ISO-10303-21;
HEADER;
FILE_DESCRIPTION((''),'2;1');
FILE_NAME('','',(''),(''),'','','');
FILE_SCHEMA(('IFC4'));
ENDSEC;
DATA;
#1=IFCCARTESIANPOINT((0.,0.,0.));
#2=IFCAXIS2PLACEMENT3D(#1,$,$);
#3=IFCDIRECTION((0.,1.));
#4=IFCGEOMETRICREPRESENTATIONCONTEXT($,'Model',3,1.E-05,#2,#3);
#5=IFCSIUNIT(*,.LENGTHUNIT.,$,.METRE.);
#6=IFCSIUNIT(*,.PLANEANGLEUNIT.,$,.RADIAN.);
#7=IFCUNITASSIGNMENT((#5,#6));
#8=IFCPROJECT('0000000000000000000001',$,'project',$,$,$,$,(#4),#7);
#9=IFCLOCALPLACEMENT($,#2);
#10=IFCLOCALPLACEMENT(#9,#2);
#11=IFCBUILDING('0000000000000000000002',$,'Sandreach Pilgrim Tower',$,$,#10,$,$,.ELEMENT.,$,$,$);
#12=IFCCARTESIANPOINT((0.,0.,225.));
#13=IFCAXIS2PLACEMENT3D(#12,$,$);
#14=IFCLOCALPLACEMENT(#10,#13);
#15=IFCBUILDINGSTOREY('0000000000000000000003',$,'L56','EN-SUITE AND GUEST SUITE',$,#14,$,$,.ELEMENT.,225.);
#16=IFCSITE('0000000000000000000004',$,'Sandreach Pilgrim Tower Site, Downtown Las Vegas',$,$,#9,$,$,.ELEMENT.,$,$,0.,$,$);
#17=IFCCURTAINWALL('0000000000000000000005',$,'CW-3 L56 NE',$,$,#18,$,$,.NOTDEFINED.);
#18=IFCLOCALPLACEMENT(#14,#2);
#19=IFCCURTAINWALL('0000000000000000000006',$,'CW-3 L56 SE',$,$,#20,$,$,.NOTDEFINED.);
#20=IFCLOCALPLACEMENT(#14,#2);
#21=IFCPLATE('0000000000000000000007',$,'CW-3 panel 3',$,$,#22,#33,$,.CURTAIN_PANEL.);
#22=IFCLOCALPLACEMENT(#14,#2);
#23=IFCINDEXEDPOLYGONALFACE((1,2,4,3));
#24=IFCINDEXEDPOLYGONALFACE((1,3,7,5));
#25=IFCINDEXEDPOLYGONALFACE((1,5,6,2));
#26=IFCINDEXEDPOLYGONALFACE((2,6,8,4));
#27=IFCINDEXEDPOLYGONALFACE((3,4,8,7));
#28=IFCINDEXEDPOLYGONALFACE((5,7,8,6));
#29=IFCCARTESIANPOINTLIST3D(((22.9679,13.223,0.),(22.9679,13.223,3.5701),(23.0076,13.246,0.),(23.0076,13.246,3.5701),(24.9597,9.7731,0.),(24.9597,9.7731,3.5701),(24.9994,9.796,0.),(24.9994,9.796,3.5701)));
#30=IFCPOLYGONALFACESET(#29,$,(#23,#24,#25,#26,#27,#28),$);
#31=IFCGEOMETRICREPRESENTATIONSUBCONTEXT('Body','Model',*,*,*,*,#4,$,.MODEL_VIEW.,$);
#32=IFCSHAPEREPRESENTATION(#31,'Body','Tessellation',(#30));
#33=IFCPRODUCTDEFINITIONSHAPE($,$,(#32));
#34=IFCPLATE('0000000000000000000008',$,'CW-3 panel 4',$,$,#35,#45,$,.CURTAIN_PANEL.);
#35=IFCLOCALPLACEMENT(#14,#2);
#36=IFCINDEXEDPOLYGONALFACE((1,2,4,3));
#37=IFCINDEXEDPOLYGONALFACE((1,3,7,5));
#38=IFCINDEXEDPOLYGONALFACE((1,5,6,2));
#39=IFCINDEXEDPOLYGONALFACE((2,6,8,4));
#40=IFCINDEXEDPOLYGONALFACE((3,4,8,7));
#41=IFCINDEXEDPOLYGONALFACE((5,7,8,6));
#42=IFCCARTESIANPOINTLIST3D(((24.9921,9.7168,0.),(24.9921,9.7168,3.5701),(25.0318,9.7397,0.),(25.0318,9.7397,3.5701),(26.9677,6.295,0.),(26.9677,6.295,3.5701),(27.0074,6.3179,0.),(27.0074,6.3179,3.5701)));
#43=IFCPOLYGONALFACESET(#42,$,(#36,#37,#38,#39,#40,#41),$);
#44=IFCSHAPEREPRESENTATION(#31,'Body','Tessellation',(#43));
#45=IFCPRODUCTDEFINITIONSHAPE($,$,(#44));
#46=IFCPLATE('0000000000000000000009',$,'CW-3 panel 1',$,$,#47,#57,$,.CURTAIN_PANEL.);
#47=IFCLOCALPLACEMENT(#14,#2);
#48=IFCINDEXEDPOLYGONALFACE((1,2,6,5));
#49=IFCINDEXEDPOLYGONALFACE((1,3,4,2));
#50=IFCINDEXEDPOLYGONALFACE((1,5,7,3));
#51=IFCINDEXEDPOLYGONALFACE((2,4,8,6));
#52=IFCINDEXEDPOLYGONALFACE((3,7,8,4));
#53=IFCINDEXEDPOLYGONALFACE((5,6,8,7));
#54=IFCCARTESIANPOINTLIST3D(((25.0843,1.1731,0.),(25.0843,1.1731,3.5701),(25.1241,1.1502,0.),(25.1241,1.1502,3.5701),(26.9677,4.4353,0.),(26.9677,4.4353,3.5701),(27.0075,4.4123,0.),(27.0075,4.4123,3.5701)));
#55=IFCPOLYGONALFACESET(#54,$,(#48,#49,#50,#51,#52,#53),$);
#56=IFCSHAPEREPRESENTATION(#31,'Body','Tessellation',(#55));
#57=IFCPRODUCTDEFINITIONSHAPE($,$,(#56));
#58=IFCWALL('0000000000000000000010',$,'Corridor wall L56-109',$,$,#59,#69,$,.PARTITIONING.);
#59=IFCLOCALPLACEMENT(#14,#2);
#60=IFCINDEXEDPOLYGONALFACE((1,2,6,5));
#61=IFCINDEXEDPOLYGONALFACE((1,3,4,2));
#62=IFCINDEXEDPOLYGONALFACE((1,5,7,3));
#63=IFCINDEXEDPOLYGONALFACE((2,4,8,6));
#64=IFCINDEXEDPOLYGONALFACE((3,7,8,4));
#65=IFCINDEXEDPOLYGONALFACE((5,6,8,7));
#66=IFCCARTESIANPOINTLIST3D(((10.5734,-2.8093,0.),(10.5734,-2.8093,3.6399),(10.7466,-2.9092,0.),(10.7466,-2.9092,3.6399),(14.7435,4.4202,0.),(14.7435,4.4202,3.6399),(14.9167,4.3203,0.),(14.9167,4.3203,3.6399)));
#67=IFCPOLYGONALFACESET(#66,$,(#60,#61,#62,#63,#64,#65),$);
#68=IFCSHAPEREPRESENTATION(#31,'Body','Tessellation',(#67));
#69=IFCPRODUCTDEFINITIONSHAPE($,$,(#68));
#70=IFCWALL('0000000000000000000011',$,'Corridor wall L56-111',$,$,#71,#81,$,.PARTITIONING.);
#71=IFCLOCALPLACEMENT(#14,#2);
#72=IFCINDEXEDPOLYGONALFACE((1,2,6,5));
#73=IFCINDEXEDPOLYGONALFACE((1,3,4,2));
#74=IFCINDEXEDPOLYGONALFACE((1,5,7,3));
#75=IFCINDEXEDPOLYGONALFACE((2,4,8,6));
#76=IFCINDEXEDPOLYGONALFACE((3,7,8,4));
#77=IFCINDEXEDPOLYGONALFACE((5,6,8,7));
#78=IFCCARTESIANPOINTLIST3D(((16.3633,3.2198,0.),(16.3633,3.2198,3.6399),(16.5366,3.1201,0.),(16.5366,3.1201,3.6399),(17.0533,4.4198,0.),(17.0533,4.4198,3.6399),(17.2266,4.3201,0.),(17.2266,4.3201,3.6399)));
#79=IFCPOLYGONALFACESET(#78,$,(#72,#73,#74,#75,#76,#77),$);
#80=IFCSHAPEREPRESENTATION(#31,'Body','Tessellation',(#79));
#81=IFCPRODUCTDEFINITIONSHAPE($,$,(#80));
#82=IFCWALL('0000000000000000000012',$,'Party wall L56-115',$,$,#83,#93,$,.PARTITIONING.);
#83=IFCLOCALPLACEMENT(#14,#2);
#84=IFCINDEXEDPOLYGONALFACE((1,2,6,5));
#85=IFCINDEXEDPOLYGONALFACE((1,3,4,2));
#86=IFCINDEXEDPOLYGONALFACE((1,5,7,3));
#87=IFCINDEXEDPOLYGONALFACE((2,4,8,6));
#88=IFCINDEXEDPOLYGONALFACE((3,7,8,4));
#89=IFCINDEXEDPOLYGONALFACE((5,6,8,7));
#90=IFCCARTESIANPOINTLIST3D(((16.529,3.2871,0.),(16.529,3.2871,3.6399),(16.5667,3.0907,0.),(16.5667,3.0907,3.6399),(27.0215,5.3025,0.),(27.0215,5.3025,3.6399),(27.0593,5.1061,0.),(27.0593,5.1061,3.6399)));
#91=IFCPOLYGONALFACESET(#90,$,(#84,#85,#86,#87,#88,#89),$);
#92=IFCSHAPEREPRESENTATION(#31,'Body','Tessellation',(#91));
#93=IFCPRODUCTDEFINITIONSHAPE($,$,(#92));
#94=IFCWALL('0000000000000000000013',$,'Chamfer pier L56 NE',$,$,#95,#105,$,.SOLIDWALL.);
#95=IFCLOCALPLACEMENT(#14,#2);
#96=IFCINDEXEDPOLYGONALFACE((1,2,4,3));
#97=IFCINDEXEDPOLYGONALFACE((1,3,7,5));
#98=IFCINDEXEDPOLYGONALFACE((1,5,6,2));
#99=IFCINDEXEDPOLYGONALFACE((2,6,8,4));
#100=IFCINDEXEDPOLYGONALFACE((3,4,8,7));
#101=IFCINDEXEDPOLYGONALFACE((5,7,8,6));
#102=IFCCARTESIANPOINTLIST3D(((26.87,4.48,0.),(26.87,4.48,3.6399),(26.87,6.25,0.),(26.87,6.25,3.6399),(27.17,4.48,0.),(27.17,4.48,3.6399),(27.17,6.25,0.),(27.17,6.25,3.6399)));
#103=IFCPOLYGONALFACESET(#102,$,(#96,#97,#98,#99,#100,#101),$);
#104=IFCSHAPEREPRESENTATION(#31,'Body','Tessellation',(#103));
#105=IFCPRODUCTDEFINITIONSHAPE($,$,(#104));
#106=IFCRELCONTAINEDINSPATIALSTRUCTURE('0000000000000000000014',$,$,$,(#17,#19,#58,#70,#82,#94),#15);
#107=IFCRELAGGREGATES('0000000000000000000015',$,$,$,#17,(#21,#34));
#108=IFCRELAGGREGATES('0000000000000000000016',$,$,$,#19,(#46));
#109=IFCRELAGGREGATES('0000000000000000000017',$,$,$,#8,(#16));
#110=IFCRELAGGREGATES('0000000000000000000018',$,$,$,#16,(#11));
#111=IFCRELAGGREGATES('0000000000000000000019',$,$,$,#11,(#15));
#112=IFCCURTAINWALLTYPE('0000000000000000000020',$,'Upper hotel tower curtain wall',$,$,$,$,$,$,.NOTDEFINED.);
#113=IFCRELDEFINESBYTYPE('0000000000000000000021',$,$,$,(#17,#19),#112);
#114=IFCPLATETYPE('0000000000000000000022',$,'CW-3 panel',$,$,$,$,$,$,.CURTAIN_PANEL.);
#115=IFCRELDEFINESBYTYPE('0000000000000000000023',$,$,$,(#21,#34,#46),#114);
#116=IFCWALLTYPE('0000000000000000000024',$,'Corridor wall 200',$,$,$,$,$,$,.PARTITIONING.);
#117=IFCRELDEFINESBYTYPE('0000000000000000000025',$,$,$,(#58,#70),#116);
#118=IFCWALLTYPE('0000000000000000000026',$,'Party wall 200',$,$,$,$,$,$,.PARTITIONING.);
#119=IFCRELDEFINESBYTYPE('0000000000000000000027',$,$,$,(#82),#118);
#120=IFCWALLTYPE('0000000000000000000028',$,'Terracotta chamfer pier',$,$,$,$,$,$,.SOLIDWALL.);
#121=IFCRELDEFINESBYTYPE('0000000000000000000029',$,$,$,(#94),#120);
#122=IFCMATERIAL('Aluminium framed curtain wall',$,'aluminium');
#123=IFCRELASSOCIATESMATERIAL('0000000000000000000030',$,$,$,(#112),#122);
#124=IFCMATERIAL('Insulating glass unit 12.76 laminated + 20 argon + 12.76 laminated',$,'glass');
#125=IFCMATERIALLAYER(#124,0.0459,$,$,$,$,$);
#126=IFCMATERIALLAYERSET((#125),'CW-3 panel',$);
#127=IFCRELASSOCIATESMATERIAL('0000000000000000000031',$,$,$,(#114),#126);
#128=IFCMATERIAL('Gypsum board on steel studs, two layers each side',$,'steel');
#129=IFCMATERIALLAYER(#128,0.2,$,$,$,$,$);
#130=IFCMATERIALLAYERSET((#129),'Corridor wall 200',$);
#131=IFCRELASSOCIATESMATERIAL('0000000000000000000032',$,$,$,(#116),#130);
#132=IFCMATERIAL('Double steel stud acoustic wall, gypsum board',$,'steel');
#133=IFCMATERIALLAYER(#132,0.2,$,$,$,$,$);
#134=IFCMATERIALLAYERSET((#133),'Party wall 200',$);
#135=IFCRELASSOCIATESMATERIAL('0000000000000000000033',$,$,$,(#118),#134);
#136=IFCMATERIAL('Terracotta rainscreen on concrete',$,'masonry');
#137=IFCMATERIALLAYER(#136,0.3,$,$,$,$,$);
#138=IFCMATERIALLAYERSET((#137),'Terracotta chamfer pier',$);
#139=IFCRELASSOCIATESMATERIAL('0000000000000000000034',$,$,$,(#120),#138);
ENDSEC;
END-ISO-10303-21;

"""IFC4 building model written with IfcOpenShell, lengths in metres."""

from ifc_helpers import new_model, si_unit, direction, frame, frame_2d, origin, origin_2d, place, context, subcontext, project, spatial, rectangle, extrude, material, layer, layer_set, type_object, element, aggregate, save


model = new_model("IFC4")

# Units and contexts
model_context = context("Model", 3, precision=1e-05, world=origin(), true_north=direction((0.0, 1.0)))
body_context = subcontext(model_context, "Body", "Model", "MODEL_VIEW")
ifc_project = project(units=[si_unit("LENGTHUNIT", "METRE"), si_unit("PLANEANGLEUNIT", "RADIAN")], contexts=[model_context])

# Site, building, storey
site_placement = place(None, origin())
site = spatial("IfcSite", under=ifc_project, at=site_placement, Name="Sandreach Pilgrim Tower Site, Downtown Las Vegas", CompositionType="ELEMENT", RefElevation=0.0)
building_placement = place(site_placement, origin())
building = spatial("IfcBuilding", under=site, at=building_placement, Name="Sandreach Pilgrim Tower", CompositionType="ELEMENT")
storey_placement = place(building_placement, frame((0.0, 0.0, 225.0)))
storey = spatial("IfcBuildingStorey", under=building, at=storey_placement, Name="L56", Description="EN-SUITE AND GUEST SUITE", CompositionType="ELEMENT", Elevation=225.0)

# Curtain walls
ifc_material_1 = material(Name="Aluminium framed curtain wall", Category="aluminium")
curtain_wall_type = type_object("IfcCurtainWallType", Name="Upper hotel tower curtain wall", PredefinedType="NOTDEFINED", material=ifc_material_1)
curtain_wall_1_placement = place(storey_placement, origin())
curtain_wall_1 = element("IfcCurtainWall", 1, at=curtain_wall_1_placement, inside=storey, type_object=curtain_wall_type, Name="CW-3 L56 NE", PredefinedType="NOTDEFINED")
curtain_wall_2_placement = place(storey_placement, origin())
curtain_wall_2 = element("IfcCurtainWall", 2, at=curtain_wall_2_placement, inside=storey, type_object=curtain_wall_type, Name="CW-3 L56 SE", PredefinedType="NOTDEFINED")

# Plates
ifc_material_2 = material(Name="Insulating glass unit 12.76 laminated + 20 argon + 12.76 laminated", Category="glass")
ifc_layer_1 = layer(ifc_material_2, 0.0459)
ifc_layer_set_1 = layer_set([ifc_layer_1], Name="CW-3 panel")
plate_type = type_object("IfcPlateType", Name="CW-3 panel", PredefinedType="CURTAIN_PANEL", material=ifc_layer_set_1)
plate_1_placement = place(storey_placement, frame((23.9836, 11.5095, 0.0), z_axis=(0.0, 0.0, 1.0), x_axis=(0.5, -0.866025, 0.0)))
plate_1 = element("IfcPlate", 3, at=plate_1_placement, type_object=plate_type, Name="CW-3 panel 3", PredefinedType="CURTAIN_PANEL", context=body_context, shape_type="SweptSolid", body=[
    extrude(rectangle(XDim=3.9836, YDim=0.0459, at=origin_2d()), origin(), (0.0, 0.0, 1.0), 3.5701),
])
plate_2_placement = place(storey_placement, frame((25.9998, 8.0173, 0.0), z_axis=(0.0, 0.0, 1.0), x_axis=(0.5, -0.866025, 0.0)))
plate_2 = element("IfcPlate", 4, at=plate_2_placement, type_object=plate_type, Name="CW-3 panel 4", PredefinedType="CURTAIN_PANEL", context=body_context, shape_type="SweptSolid", body=[
    extrude(rectangle(XDim=3.9512, YDim=0.0459, at=origin_2d()), origin(), (0.0, 0.0, 1.0), 3.5701),
])
aggregate(curtain_wall_1, [plate_1, plate_2])
plate_3_placement = place(storey_placement, frame((26.0459, 2.7927, 0.0), z_axis=(0.0, 0.0, 1.0), x_axis=(-0.5, -0.866025, 0.0)))
plate_3 = element("IfcPlate", 5, at=plate_3_placement, type_object=plate_type, Name="CW-3 panel 1", PredefinedType="CURTAIN_PANEL", context=body_context, shape_type="SweptSolid", body=[
    extrude(rectangle(XDim=3.7668, YDim=0.0459, at=origin_2d()), origin(), (0.0, 0.0, 1.0), 3.5701),
])
aggregate(curtain_wall_2, [plate_3])

# Walls
ifc_material_3 = material(Name="Gypsum board on steel studs, two layers each side", Category="steel")
ifc_layer_2 = layer(ifc_material_3, 0.2)
ifc_layer_set_2 = layer_set([ifc_layer_2], Name="Corridor wall 200")
wall_type_1 = type_object("IfcWallType", Name="Corridor wall 200", PredefinedType="PARTITIONING", material=ifc_layer_set_2)
wall_1_placement = place(storey_placement, frame((14.8301, 4.3701, 0.0), z_axis=(0.0, 0.0, 1.0), x_axis=(-0.49966, -0.866222, 0.0)))
element("IfcWall", 6, at=wall_1_placement, inside=storey, type_object=wall_type_1, Name="Corridor wall L56-109", PredefinedType="PARTITIONING", context=body_context, shape_type="SweptSolid", body=[
    extrude(rectangle(XDim=8.3459, YDim=0.2, at=frame_2d((4.1729, 0.0))), origin(), (0.0, 0.0, 1.0), 3.6399),
])
wall_2_placement = place(storey_placement, frame((16.45, 3.1699, 0.0), z_axis=(0.0, 0.0, 1.0), x_axis=(0.498455, 0.866916, 0.0)))
element("IfcWall", 7, at=wall_2_placement, inside=storey, type_object=wall_type_1, Name="Corridor wall L56-111", PredefinedType="PARTITIONING", context=body_context, shape_type="SweptSolid", body=[
    extrude(rectangle(XDim=1.3843, YDim=0.2, at=frame_2d((0.6921, 0.0))), origin(), (0.0, 0.0, 1.0), 3.6399),
])

# Walls
ifc_material_4 = material(Name="Double steel stud acoustic wall, gypsum board", Category="steel")
ifc_layer_3 = layer(ifc_material_4, 0.2)
ifc_layer_set_3 = layer_set([ifc_layer_3], Name="Party wall 200")
wall_type_2 = type_object("IfcWallType", Name="Party wall 200", PredefinedType="PARTITIONING", material=ifc_layer_set_3)
wall_3_placement = place(storey_placement, frame((27.0405, 5.2043, 0.0), z_axis=(0.0, 0.0, 1.0), x_axis=(-0.982048, -0.188631, 0.0)))
element("IfcWall", 8, at=wall_3_placement, inside=storey, type_object=wall_type_2, Name="Party wall L56-115", PredefinedType="PARTITIONING", context=body_context, shape_type="SweptSolid", body=[
    extrude(rectangle(XDim=10.6843, YDim=0.2, at=frame_2d((5.3423, 0.0))), origin(), (0.0, 0.0, 1.0), 3.6399),
])
ifc_material_5 = material(Name="Terracotta rainscreen on concrete", Category="masonry")
ifc_layer_4 = layer(ifc_material_5, 0.3)
ifc_layer_set_4 = layer_set([ifc_layer_4], Name="Terracotta chamfer pier")
wall_type_3 = type_object("IfcWallType", Name="Terracotta chamfer pier", PredefinedType="SOLIDWALL", material=ifc_layer_set_4)
wall_4_placement = place(storey_placement, frame((27.02, 6.25, 0.0), z_axis=(0.0, 0.0, 1.0), x_axis=(0.0, -1.0, 0.0)))
element("IfcWall", 9, at=wall_4_placement, inside=storey, type_object=wall_type_3, Name="Chamfer pier L56 NE", PredefinedType="SOLIDWALL", context=body_context, shape_type="SweptSolid", body=[
    extrude(rectangle(XDim=1.77, YDim=0.3, at=frame_2d((0.885, 0.0))), origin(), (0.0, 0.0, 1.0), 3.6399),
])

save(model, "model.ifc")
